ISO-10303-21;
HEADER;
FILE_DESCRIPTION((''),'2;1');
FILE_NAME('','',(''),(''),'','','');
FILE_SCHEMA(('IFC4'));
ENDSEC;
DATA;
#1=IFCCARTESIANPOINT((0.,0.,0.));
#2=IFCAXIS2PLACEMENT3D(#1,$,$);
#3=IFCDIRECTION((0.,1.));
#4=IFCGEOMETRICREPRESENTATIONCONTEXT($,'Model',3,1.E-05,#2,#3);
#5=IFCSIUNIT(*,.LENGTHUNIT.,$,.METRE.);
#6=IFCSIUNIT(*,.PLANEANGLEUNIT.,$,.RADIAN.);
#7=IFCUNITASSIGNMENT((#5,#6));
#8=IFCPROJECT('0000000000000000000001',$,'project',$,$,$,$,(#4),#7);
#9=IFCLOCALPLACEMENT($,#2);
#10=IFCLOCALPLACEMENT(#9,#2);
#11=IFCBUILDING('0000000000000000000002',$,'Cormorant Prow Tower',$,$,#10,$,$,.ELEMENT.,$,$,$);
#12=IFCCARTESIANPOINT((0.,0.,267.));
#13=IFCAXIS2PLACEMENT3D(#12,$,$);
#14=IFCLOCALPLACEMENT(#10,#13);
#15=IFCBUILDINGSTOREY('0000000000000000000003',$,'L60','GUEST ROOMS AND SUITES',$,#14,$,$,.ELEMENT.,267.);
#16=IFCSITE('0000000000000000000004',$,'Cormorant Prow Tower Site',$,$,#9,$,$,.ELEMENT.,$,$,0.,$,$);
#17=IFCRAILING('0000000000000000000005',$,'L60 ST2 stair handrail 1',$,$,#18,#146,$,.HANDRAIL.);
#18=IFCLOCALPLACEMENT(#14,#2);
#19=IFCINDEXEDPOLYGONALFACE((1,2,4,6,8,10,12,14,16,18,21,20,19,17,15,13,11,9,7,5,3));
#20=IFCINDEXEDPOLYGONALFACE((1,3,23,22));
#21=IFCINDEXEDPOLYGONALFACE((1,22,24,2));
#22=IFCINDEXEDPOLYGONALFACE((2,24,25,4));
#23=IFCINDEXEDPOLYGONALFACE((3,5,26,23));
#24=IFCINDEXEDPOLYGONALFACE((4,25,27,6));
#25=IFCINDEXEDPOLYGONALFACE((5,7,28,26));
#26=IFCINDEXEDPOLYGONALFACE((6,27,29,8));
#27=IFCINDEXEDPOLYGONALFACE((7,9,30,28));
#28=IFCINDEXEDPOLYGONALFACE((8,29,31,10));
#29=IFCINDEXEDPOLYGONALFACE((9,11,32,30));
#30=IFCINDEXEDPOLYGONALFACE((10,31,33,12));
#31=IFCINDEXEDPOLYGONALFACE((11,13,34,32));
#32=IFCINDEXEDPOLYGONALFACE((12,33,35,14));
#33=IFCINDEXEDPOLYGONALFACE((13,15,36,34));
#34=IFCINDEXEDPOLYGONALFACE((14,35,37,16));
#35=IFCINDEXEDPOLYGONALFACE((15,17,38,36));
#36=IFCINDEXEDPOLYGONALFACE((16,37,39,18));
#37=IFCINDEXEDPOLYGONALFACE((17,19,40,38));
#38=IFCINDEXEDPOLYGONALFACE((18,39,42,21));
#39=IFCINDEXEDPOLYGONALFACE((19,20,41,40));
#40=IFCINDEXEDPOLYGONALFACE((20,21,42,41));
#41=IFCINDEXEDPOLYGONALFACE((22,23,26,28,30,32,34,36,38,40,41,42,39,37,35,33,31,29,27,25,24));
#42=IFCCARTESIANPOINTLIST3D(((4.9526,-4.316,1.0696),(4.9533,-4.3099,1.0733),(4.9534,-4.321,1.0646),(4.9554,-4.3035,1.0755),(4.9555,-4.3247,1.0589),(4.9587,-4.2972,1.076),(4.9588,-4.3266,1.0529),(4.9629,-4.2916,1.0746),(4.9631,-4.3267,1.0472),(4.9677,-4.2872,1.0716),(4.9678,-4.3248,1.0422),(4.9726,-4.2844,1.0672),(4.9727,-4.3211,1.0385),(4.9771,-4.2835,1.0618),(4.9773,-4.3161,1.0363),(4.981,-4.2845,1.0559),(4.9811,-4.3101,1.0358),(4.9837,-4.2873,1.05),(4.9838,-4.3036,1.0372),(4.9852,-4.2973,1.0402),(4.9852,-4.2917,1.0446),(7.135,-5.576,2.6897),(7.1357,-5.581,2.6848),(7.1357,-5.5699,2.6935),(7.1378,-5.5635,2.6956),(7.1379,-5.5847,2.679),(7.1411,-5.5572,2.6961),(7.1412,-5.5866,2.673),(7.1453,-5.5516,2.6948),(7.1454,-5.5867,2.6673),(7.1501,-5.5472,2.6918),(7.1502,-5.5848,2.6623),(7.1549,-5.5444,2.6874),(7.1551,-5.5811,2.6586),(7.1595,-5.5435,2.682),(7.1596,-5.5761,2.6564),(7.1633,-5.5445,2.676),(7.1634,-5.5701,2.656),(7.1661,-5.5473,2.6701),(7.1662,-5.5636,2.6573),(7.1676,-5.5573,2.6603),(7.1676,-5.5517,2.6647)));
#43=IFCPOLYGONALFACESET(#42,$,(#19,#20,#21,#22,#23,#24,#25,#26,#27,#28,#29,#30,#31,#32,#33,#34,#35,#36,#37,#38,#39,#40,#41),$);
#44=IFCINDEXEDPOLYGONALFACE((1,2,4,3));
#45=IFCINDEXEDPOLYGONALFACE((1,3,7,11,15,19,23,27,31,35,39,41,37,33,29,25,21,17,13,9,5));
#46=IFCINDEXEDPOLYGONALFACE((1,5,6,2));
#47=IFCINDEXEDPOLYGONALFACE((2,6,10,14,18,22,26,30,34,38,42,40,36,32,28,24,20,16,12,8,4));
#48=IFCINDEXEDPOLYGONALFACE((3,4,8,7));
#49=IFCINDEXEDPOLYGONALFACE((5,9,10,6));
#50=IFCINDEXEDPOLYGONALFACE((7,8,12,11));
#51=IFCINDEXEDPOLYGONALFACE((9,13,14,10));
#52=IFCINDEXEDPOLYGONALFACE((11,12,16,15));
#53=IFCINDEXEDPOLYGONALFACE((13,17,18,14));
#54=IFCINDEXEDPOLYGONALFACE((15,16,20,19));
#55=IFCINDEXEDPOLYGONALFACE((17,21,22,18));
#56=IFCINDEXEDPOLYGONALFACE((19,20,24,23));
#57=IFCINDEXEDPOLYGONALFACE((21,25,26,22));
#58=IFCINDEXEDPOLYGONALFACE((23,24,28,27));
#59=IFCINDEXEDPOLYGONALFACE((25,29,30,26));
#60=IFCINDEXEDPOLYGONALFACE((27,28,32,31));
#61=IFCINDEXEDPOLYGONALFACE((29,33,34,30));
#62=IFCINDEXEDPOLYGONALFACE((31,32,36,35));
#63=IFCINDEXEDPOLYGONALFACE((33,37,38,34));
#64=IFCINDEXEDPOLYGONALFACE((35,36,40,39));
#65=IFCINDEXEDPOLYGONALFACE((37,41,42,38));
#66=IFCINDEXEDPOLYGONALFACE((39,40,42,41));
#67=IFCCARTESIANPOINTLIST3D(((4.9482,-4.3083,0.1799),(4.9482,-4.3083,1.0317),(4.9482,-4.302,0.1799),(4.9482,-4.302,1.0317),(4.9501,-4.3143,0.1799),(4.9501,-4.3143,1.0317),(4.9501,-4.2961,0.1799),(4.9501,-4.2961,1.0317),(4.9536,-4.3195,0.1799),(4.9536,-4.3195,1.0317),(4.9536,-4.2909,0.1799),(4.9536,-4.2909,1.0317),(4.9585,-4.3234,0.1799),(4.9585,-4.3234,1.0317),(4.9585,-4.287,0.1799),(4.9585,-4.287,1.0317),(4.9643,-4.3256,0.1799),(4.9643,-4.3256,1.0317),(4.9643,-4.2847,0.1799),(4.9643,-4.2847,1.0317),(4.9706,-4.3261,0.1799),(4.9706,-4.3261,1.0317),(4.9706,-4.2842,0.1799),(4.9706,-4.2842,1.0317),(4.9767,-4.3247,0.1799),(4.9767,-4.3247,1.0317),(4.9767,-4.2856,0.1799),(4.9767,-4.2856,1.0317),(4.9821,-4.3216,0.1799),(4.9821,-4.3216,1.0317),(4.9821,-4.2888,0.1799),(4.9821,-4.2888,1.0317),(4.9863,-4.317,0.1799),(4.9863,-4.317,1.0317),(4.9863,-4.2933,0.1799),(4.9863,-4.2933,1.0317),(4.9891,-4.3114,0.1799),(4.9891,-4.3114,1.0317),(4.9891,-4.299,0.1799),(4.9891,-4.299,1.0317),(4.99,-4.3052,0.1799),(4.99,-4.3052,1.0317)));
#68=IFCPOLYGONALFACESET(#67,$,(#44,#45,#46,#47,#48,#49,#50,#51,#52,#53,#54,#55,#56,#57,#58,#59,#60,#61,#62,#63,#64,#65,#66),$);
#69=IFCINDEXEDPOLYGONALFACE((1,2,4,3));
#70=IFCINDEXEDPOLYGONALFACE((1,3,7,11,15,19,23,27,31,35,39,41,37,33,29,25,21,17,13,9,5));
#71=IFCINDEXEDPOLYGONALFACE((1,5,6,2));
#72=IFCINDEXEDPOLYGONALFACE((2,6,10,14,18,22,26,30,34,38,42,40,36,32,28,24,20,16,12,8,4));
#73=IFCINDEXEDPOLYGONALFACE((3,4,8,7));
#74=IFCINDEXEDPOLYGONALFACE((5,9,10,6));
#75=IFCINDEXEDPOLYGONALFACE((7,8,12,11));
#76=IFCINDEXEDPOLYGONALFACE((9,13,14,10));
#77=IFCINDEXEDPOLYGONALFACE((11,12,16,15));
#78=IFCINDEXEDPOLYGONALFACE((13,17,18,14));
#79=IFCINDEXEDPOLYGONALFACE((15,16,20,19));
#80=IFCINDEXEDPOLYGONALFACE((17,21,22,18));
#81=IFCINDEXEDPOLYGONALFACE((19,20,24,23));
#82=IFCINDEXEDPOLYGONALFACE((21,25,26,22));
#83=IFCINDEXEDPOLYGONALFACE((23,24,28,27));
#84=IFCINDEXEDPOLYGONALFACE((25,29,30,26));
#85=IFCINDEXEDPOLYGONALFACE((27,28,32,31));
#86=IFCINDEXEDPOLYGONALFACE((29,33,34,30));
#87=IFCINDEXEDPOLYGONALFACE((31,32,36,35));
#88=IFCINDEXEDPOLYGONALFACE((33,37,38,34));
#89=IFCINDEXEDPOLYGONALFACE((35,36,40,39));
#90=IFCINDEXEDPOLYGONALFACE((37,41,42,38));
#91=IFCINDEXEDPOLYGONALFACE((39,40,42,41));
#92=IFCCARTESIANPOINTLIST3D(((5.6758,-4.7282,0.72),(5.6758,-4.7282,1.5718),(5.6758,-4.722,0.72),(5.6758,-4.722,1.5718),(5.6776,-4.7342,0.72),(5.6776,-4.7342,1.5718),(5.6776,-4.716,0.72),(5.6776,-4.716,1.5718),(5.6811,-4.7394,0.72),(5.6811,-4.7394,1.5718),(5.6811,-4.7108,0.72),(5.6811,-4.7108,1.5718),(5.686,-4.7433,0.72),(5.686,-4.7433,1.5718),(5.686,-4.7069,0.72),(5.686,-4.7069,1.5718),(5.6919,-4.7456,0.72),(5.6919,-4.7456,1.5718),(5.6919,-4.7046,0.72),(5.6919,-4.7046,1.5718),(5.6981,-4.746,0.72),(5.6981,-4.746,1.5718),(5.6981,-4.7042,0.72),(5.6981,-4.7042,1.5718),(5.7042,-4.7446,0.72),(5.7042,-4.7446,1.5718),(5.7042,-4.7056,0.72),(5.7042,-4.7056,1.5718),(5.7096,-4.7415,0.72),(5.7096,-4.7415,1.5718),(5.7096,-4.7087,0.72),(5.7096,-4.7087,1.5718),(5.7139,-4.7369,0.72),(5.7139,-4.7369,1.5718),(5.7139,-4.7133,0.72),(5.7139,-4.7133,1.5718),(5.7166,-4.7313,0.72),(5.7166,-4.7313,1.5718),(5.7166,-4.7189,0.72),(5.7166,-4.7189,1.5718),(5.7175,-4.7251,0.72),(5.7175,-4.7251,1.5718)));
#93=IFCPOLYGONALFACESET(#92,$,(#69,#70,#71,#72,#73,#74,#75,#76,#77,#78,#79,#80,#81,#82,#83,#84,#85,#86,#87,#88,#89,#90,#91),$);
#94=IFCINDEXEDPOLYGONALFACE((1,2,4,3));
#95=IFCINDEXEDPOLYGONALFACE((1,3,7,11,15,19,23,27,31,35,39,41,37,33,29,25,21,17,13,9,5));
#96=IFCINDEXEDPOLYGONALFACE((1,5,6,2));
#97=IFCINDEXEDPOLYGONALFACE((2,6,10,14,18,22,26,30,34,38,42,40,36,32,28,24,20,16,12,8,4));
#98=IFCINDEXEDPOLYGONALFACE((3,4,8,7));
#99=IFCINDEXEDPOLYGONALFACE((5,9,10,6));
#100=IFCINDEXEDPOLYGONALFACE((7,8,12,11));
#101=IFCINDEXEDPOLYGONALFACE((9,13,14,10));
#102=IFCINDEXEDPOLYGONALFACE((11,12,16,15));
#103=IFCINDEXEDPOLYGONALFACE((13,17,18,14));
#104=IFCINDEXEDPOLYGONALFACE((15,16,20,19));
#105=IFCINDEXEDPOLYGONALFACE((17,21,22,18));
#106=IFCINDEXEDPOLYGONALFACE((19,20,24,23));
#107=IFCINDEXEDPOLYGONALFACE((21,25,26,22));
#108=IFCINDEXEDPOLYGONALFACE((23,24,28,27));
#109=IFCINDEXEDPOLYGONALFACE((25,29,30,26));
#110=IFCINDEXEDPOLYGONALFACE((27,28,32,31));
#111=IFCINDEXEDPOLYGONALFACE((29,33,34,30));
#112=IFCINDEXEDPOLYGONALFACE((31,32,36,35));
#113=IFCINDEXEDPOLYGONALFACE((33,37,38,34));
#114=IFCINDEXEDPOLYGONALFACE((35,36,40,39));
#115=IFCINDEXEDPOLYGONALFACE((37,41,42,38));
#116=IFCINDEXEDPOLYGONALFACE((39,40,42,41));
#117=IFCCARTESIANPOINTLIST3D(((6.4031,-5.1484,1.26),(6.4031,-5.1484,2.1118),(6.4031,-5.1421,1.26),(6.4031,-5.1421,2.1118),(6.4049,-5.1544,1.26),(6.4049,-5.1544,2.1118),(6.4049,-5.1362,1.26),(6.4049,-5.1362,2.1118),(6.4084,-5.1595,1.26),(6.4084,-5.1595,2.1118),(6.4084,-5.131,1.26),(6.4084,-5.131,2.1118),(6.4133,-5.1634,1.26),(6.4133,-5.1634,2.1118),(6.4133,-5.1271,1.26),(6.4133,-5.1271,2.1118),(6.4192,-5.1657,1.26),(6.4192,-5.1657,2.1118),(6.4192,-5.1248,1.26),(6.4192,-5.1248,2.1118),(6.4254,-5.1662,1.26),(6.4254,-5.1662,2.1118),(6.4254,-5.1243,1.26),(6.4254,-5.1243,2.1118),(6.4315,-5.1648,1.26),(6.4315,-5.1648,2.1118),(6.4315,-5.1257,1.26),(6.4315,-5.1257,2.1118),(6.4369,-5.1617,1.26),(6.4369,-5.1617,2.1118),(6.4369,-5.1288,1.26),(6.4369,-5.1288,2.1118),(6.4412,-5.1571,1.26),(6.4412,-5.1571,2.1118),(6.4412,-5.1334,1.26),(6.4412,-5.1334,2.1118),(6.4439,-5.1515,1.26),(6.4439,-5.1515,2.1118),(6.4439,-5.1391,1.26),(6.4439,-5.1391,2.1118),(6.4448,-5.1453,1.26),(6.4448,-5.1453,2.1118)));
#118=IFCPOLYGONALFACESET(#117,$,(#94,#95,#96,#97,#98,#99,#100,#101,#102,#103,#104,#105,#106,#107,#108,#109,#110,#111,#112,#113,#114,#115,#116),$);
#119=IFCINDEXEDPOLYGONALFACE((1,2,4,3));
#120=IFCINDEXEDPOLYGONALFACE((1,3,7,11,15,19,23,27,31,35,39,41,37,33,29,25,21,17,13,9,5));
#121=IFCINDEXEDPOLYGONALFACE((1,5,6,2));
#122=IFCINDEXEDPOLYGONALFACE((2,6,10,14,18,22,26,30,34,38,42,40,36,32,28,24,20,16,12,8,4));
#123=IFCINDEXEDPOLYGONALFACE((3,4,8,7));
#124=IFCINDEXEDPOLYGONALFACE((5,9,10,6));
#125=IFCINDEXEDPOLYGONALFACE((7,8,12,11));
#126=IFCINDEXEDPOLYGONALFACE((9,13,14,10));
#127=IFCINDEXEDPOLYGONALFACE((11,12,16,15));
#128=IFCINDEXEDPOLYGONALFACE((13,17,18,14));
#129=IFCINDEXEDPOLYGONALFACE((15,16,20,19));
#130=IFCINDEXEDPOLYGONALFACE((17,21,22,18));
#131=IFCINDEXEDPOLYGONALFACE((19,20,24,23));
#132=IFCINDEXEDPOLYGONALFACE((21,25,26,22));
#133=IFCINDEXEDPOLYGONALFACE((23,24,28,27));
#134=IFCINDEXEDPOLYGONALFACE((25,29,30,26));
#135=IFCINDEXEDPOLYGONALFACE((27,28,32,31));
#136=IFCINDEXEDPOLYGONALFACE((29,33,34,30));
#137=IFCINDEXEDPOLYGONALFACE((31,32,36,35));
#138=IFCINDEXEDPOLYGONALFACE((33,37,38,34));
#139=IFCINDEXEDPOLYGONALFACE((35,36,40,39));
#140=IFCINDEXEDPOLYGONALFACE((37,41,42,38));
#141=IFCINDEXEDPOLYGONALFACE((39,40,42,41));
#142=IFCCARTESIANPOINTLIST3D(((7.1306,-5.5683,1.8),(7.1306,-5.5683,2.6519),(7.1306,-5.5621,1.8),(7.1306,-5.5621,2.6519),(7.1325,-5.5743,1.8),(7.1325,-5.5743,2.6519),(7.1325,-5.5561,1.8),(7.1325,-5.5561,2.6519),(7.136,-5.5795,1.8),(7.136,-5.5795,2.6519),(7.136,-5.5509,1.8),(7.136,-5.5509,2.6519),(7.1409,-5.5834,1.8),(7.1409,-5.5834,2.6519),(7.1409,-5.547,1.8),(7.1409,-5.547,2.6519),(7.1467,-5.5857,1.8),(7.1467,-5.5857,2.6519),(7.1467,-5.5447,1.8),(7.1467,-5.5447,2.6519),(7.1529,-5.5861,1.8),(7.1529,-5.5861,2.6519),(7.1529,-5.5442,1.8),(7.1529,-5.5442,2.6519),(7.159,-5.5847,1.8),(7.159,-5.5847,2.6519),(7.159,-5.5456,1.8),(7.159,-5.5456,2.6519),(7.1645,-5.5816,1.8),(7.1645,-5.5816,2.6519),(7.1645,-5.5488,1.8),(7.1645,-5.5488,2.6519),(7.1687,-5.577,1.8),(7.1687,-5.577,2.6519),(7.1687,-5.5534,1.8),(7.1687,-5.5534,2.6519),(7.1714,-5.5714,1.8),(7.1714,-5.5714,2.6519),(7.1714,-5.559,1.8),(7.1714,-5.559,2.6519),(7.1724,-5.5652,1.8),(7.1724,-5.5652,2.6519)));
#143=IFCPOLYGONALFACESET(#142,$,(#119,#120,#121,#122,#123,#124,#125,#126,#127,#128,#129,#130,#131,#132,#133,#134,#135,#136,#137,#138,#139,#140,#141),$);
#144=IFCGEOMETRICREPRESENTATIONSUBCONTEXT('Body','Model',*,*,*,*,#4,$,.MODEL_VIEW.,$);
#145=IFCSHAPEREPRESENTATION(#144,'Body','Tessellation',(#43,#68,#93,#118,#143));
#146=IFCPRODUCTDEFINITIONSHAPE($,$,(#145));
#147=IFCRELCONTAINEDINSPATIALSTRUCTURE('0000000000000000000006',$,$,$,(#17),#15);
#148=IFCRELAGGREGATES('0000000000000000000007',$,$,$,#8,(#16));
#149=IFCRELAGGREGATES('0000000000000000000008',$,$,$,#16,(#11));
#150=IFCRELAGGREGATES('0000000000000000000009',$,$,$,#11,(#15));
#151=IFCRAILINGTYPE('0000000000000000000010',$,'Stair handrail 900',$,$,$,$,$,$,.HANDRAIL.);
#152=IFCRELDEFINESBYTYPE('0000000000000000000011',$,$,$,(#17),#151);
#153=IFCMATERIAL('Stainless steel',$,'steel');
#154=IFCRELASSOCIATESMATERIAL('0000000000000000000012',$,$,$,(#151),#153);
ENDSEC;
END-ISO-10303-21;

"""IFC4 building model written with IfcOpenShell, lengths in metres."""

from ifc_helpers import new_model, si_unit, direction, frame, origin, origin_2d, place, context, subcontext, project, spatial, circle, extrude, material, type_object, element, save


model = new_model("IFC4")

# Units and contexts
model_context = context("Model", 3, precision=1e-05, world=origin(), true_north=direction((0.0, 1.0)))
body_context = subcontext(model_context, "Body", "Model", "MODEL_VIEW")
ifc_project = project(units=[si_unit("LENGTHUNIT", "METRE"), si_unit("PLANEANGLEUNIT", "RADIAN")], contexts=[model_context])

# Site, building, storey
site_placement = place(None, origin())
site = spatial("IfcSite", under=ifc_project, at=site_placement, Name="Cormorant Prow Tower Site", CompositionType="ELEMENT", RefElevation=0.0)
building_placement = place(site_placement, origin())
building = spatial("IfcBuilding", under=site, at=building_placement, Name="Cormorant Prow Tower", CompositionType="ELEMENT")
storey_placement = place(building_placement, frame((0.0, 0.0, 267.0)))
storey = spatial("IfcBuildingStorey", under=building, at=storey_placement, Name="L60", Description="GUEST ROOMS AND SUITES", CompositionType="ELEMENT", Elevation=267.0)

# Railing
ifc_material_1 = material(Name="Stainless steel", Category="steel")
railing_type_1 = type_object("IfcRailingType", Name="Stair handrail 900", PredefinedType="HANDRAIL", material=ifc_material_1)
railing_1_placement = place(storey_placement, frame((4.969, -4.3052, 0.1799)))
element("IfcRailing", 1, at=railing_1_placement, inside=storey, type_object=railing_type_1, Name="L60 ST2 stair handrail 1", PredefinedType="HANDRAIL", context=body_context, shape_type="SweptSolid", body=[
    extrude(circle(Radius=0.0239, at=origin_2d()), frame((0.0, 0.0, 0.876), z_axis=(0.728464, -0.420584, 0.540786), x_axis=(0.500005, 0.866023, 0.0)), (0.0, 0.0, 1.0), 2.9958),
    extrude(circle(Radius=0.021, at=origin_2d()), origin(), (0.0, 0.0, 1.0), 0.8518),
    extrude(circle(Radius=0.021, at=origin_2d()), frame((0.7275, -0.4199, 0.54)), (0.0, 0.0, 1.0), 0.8518),
    extrude(circle(Radius=0.021, at=origin_2d()), frame((1.4548, -0.8401, 1.0801)), (0.0, 0.0, 1.0), 0.8518),
    extrude(circle(Radius=0.021, at=origin_2d()), frame((2.1824, -1.26, 1.6201)), (0.0, 0.0, 1.0), 0.8518),
])

save(model, "model.ifc")
